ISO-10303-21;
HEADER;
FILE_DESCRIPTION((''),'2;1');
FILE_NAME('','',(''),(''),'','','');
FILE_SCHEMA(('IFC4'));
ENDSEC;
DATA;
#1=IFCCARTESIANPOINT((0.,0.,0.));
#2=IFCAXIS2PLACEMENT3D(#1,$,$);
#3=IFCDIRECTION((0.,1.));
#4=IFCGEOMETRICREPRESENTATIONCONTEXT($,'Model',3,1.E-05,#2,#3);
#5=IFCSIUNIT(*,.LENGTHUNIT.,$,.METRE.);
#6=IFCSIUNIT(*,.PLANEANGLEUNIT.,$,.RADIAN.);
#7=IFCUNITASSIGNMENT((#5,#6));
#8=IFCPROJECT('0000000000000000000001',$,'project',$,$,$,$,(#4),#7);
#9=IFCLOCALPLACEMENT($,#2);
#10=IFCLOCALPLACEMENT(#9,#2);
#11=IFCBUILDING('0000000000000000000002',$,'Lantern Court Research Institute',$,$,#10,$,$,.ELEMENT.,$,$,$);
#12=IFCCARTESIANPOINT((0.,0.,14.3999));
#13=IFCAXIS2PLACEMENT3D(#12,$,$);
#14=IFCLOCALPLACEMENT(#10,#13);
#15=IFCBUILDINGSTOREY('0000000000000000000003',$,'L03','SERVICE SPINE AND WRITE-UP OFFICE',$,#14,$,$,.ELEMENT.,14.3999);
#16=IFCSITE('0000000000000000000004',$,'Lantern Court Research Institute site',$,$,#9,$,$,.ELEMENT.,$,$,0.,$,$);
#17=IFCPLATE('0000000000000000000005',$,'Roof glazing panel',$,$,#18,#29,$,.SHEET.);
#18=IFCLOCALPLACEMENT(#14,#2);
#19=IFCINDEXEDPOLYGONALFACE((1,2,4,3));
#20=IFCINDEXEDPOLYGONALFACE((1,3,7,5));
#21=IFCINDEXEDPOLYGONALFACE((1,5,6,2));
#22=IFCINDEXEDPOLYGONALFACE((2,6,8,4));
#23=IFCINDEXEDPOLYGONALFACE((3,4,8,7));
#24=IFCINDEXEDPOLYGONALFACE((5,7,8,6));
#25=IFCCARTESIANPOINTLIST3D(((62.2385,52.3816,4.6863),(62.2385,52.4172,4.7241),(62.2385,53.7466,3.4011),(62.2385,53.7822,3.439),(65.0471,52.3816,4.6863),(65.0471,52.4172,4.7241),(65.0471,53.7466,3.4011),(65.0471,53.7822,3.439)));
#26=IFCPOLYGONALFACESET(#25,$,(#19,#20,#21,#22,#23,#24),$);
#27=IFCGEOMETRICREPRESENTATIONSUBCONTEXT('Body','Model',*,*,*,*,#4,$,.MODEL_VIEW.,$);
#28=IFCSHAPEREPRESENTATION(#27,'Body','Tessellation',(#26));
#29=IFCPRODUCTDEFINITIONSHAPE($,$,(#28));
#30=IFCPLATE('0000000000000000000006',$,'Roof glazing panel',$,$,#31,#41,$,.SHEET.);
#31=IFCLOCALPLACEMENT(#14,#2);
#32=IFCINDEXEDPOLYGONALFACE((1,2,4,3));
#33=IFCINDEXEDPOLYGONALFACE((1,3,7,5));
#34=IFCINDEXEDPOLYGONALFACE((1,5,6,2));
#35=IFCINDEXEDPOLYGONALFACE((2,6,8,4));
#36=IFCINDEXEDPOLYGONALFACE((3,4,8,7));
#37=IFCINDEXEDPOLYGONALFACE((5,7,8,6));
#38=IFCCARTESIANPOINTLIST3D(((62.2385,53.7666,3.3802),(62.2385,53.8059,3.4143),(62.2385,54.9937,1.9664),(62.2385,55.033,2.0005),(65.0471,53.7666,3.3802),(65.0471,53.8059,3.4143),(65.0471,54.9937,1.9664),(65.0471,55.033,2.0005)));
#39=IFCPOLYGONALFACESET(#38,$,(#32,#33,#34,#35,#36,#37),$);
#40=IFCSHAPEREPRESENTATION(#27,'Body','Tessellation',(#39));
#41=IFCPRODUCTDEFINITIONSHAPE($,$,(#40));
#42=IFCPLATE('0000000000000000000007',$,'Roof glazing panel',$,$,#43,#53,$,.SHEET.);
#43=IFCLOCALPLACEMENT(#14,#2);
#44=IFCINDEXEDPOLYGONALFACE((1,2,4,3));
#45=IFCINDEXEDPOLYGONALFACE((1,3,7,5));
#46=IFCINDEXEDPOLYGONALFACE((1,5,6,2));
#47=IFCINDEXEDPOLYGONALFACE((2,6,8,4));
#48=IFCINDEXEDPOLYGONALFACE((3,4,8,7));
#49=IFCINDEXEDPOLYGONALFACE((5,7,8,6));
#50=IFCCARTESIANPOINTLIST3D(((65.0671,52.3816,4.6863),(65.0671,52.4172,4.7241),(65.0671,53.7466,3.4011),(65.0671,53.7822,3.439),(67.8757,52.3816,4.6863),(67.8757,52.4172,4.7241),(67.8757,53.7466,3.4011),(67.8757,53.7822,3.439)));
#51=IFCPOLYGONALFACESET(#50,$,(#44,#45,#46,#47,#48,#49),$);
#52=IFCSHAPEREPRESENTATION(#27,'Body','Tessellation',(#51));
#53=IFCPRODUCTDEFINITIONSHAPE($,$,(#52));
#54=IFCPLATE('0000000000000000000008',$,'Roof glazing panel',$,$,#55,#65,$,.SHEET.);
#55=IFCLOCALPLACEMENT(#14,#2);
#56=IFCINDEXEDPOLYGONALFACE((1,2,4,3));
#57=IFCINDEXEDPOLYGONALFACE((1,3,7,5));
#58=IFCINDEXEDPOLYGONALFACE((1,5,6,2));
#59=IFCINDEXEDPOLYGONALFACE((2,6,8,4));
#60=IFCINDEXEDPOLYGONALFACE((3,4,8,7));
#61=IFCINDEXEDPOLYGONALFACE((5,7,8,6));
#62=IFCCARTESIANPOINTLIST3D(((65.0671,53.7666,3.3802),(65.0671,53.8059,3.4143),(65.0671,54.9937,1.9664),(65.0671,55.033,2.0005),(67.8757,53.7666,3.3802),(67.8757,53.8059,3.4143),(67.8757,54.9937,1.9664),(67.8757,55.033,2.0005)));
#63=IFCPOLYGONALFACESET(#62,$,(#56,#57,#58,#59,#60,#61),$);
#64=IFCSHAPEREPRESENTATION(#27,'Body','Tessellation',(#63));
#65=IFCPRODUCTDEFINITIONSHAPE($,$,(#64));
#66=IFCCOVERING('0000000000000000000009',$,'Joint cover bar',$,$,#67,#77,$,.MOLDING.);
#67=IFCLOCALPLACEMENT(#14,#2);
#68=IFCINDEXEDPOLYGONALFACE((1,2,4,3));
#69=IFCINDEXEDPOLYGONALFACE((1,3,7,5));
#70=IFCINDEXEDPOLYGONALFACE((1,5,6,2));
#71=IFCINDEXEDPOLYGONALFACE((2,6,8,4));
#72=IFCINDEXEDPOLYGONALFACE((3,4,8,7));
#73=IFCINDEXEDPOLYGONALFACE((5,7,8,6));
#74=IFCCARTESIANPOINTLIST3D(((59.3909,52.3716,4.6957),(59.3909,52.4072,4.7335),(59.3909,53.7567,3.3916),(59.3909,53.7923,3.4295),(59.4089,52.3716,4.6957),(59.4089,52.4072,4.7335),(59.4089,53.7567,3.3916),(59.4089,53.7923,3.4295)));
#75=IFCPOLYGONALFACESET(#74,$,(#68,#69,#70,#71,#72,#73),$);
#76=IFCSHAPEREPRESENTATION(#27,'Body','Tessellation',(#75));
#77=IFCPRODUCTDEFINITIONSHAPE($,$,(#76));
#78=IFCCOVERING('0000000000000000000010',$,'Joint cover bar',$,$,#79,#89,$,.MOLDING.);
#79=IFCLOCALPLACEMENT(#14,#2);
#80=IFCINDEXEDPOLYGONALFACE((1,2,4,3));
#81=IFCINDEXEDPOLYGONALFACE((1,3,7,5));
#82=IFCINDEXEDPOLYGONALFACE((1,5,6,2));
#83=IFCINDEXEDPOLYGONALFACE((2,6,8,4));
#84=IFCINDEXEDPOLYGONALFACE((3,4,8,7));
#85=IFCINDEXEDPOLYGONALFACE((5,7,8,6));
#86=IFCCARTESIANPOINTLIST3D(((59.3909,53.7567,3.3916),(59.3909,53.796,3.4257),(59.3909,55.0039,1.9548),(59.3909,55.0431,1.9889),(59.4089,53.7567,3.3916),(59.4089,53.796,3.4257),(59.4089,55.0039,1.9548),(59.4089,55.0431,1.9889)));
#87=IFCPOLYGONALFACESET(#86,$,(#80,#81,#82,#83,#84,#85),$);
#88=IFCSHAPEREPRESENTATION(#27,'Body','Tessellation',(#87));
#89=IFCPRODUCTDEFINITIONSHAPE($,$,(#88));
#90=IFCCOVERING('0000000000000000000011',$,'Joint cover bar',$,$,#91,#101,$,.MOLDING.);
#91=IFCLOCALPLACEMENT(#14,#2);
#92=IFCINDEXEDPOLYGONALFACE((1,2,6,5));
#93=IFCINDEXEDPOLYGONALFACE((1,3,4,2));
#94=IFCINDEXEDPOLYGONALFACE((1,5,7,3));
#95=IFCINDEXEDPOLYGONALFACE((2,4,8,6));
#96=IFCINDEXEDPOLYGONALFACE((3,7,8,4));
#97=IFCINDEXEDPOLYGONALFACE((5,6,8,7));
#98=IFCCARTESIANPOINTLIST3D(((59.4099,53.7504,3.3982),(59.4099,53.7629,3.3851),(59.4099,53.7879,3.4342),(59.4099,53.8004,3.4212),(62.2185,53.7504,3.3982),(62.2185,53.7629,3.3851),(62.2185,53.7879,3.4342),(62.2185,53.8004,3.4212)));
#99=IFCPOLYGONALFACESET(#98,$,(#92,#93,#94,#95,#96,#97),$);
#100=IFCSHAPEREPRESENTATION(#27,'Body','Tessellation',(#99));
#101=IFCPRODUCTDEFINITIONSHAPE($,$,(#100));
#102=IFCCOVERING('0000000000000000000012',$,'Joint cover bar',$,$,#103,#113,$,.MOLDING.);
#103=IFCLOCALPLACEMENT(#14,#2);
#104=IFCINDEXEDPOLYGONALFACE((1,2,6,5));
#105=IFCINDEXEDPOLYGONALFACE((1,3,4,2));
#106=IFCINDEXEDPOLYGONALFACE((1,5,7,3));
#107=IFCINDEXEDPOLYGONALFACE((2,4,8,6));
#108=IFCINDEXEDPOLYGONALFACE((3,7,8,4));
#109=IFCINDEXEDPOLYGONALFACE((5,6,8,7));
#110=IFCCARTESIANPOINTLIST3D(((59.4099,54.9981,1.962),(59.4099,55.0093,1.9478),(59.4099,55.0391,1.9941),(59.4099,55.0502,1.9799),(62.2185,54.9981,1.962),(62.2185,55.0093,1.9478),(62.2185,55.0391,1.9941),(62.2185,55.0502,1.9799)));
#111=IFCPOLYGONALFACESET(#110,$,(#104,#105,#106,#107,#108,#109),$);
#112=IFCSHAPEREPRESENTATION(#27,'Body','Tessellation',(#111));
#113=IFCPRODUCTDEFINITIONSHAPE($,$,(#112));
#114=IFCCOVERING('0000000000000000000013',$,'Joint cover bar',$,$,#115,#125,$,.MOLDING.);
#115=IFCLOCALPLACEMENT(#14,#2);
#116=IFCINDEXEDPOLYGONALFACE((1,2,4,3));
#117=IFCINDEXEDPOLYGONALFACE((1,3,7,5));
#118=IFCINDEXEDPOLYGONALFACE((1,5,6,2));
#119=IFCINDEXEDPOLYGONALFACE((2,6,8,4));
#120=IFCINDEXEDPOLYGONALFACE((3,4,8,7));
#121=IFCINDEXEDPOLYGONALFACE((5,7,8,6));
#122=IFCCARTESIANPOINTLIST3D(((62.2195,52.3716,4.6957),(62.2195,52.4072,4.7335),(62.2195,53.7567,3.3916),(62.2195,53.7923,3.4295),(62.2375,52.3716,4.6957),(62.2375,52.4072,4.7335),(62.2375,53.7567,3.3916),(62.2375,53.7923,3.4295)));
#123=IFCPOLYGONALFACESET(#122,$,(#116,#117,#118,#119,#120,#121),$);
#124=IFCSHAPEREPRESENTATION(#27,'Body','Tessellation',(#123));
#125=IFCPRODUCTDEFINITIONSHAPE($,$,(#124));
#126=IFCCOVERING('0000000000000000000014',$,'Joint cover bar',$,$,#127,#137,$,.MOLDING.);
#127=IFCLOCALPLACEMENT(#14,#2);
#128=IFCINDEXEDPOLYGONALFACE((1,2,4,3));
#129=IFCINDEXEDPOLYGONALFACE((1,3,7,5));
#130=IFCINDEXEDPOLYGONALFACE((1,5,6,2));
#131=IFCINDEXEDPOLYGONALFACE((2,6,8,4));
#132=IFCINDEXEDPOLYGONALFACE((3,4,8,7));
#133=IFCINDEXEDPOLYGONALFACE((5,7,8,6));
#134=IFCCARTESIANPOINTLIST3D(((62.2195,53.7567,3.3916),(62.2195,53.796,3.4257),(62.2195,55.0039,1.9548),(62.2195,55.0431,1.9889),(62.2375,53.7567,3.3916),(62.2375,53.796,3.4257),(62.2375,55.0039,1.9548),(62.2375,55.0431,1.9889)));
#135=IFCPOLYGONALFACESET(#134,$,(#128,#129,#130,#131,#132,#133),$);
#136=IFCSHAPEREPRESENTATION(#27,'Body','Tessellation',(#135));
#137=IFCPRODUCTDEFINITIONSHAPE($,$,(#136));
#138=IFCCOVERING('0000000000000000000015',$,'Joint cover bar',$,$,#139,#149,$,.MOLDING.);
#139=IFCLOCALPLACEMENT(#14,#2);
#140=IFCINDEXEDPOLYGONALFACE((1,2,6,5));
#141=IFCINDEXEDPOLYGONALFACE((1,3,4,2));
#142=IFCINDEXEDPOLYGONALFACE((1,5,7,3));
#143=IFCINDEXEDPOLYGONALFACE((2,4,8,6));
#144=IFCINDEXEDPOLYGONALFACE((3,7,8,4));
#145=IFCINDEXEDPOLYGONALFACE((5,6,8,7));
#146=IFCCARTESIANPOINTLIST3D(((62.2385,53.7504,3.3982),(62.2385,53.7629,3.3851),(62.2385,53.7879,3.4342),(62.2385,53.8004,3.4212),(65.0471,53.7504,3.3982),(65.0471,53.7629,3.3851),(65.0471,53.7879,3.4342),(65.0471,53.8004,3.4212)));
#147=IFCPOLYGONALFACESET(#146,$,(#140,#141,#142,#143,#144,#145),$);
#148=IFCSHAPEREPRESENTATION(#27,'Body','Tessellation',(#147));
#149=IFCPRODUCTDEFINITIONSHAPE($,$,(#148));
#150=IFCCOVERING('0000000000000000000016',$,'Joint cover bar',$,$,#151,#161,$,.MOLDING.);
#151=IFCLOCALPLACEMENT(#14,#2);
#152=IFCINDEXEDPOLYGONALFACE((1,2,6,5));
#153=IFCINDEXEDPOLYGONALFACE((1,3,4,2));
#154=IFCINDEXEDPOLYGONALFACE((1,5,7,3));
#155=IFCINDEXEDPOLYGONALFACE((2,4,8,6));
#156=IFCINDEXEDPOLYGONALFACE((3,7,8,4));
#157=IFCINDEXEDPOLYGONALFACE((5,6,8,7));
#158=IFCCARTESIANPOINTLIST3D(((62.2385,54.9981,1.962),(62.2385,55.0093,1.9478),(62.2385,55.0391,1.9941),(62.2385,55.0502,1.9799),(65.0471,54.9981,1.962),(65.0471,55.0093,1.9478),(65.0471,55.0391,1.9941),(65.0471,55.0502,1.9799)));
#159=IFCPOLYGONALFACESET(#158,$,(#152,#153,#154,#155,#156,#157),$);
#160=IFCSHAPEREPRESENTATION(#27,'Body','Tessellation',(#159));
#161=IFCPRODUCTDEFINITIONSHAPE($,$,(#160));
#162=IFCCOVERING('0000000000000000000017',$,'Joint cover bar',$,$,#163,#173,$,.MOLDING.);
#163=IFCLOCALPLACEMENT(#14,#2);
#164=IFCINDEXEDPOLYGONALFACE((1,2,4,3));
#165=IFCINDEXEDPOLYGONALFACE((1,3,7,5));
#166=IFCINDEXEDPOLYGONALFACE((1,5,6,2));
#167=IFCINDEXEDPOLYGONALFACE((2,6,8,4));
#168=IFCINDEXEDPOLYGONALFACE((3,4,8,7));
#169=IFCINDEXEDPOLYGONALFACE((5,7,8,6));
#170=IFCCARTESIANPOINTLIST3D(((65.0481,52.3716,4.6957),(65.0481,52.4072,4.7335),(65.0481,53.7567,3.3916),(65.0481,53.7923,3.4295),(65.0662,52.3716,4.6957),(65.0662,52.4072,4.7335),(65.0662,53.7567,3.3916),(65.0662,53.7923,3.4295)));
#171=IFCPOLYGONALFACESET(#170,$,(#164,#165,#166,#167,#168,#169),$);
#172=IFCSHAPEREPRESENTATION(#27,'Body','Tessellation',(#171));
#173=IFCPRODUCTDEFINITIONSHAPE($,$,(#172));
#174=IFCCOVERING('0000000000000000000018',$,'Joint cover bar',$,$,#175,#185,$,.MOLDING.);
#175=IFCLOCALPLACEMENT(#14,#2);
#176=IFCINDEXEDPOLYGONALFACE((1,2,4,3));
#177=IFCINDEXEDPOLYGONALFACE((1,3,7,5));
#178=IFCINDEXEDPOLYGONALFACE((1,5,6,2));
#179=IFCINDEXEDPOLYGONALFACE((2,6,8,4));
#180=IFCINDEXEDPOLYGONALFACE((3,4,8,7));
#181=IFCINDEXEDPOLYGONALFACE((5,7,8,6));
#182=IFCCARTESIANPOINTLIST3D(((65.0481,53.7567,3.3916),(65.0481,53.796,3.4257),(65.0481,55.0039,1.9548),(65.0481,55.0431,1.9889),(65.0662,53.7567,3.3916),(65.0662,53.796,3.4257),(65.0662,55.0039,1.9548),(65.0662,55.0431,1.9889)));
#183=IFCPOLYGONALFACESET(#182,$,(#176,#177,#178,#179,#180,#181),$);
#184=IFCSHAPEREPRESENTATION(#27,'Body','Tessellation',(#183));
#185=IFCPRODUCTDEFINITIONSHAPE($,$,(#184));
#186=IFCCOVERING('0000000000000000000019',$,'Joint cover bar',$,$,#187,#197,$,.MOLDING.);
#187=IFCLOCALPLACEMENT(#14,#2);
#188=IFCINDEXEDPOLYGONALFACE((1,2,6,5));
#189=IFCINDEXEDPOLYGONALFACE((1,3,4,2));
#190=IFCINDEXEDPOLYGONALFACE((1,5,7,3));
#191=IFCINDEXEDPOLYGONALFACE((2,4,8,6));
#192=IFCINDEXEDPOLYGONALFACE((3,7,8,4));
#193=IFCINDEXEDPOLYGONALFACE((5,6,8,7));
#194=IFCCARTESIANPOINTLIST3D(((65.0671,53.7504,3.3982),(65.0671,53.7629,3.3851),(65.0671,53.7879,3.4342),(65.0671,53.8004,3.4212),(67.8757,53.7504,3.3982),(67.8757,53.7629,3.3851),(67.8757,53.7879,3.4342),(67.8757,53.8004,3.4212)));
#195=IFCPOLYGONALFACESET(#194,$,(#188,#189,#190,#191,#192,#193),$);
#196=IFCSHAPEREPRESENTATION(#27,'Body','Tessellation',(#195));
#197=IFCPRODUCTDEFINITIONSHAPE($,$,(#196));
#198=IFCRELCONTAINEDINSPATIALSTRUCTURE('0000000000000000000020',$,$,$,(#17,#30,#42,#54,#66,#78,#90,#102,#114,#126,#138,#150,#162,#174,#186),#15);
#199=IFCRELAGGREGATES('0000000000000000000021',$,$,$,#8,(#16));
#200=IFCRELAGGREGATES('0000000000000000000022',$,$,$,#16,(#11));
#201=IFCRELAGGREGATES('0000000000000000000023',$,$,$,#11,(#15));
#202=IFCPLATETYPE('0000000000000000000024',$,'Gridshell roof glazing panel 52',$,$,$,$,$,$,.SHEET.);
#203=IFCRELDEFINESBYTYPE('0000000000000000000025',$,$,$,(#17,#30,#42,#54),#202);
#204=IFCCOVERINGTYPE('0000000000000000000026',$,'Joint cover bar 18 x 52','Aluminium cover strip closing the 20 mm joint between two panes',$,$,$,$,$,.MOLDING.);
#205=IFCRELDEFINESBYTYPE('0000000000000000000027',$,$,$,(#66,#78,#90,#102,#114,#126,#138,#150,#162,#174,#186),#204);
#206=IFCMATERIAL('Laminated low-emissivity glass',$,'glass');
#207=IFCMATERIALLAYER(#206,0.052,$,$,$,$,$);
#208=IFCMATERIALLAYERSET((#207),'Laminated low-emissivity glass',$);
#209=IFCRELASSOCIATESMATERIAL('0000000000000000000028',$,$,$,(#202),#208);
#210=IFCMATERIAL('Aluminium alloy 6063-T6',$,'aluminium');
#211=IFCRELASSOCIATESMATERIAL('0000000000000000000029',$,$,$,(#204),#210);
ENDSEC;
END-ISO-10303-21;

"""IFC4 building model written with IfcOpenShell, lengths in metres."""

from ifc_helpers import new_model, si_unit, direction, frame, origin, origin_2d, place, context, subcontext, project, spatial, polyline, rectangle, outline, extrude, material, layer, layer_set, material_profile, profile_set, type_object, element, save


model = new_model("IFC4")

# Units and contexts
model_context = context("Model", 3, precision=1e-05, world=origin(), true_north=direction((0.0, 1.0)))
body_context = subcontext(model_context, "Body", "Model", "MODEL_VIEW")
ifc_project = project(units=[si_unit("LENGTHUNIT", "METRE"), si_unit("PLANEANGLEUNIT", "RADIAN")], contexts=[model_context])

# Site, building, storey
site_placement = place(None, origin())
site = spatial("IfcSite", under=ifc_project, at=site_placement, Name="Lantern Court Research Institute site", CompositionType="ELEMENT", RefElevation=0.0)
building_placement = place(site_placement, origin())
building = spatial("IfcBuilding", under=site, at=building_placement, Name="Lantern Court Research Institute", CompositionType="ELEMENT")
storey_placement = place(building_placement, frame((0.0, 0.0, 14.3999)))
storey = spatial("IfcBuildingStorey", under=building, at=storey_placement, Name="L03", Description="SERVICE SPINE AND WRITE-UP OFFICE", CompositionType="ELEMENT", Elevation=14.3999)

# Plates
ifc_material_1 = material(Name="Laminated low-emissivity glass", Category="glass")
ifc_layer = layer(ifc_material_1, 0.052)
ifc_layer_set = layer_set([ifc_layer], Name="Laminated low-emissivity glass")
plate_type = type_object("IfcPlateType", Name="Gridshell roof glazing panel 52", PredefinedType="SHEET", material=ifc_layer_set)
plate_1_placement = place(storey_placement, frame((65.0471, 52.4172, 4.7241), z_axis=(0.0, 0.685495, 0.728078), x_axis=(-1.0, 0.0, 0.0)))
element("IfcPlate", 1, at=plate_1_placement, inside=storey, type_object=plate_type, Name="Roof glazing panel", PredefinedType="SHEET", context=body_context, shape_type="SweptSolid", body=[
    extrude(outline(polyline([(0.0, 0.0), (2.8086, 0.0), (2.8086, -1.8748), (0.0, -1.8748), (0.0, 0.0)])), origin(), (0.0, 0.0, -1.0), 0.052),
])
plate_2_placement = place(storey_placement, frame((65.0471, 53.8059, 3.4143), z_axis=(0.0, 0.755228, 0.655462), x_axis=(-1.0, 0.0, 0.0)))
element("IfcPlate", 2, at=plate_2_placement, inside=storey, type_object=plate_type, Name="Roof glazing panel", PredefinedType="SHEET", context=body_context, shape_type="SweptSolid", body=[
    extrude(outline(polyline([(0.0, 0.0), (2.8086, 0.0), (2.8086, -1.872), (0.0, -1.872), (0.0, 0.0)])), origin(), (0.0, 0.0, -1.0), 0.052),
])
plate_3_placement = place(storey_placement, frame((67.8757, 52.4172, 4.7241), z_axis=(0.0, 0.685495, 0.728078), x_axis=(-1.0, 0.0, 0.0)))
element("IfcPlate", 3, at=plate_3_placement, inside=storey, type_object=plate_type, Name="Roof glazing panel", PredefinedType="SHEET", context=body_context, shape_type="SweptSolid", body=[
    extrude(outline(polyline([(0.0, 0.0), (2.8086, 0.0), (2.8086, -1.8748), (0.0, -1.8748), (0.0, 0.0)])), origin(), (0.0, 0.0, -1.0), 0.052),
])
plate_4_placement = place(storey_placement, frame((67.8757, 53.8059, 3.4143), z_axis=(0.0, 0.755228, 0.655462), x_axis=(-1.0, 0.0, 0.0)))
element("IfcPlate", 4, at=plate_4_placement, inside=storey, type_object=plate_type, Name="Roof glazing panel", PredefinedType="SHEET", context=body_context, shape_type="SweptSolid", body=[
    extrude(outline(polyline([(0.0, 0.0), (2.8086, 0.0), (2.8086, -1.872), (0.0, -1.872), (0.0, 0.0)])), origin(), (0.0, 0.0, -1.0), 0.052),
])

# Coverings
ifc_material_2 = material(Name="Aluminium alloy 6063-T6", Category="aluminium")
ifc_material_profile_1 = material_profile(ifc_material_2, rectangle(XDim=0.0181, YDim=0.052, at=origin_2d()), Name="Joint cover bar 18 x 52")
ifc_profile_set_1 = profile_set([ifc_material_profile_1], Name="Aluminium alloy 6063-T6")
covering_type = type_object("IfcCoveringType", Name="Joint cover bar 18 x 52", Description="Aluminium cover strip closing the 20 mm joint between two panes", PredefinedType="MOLDING", material=ifc_profile_set_1)
covering_1_placement = place(storey_placement, frame((59.3999, 52.3894, 4.7146), z_axis=(0.0, 0.728091, -0.685481), x_axis=(-1.0, 0.0, 0.0)))
element("IfcCovering", 5, at=covering_1_placement, inside=storey, type_object=covering_type, Name="Joint cover bar", PredefinedType="MOLDING", context=body_context, shape_type="SweptSolid", body=[
    extrude(rectangle(XDim=0.0181, YDim=0.052, at=origin_2d()), origin(), (0.0, 0.0, 1.0), 1.9023),
])
covering_2_placement = place(storey_placement, frame((59.3999, 53.7764, 3.4087), z_axis=(0.0, 0.655492, -0.755202), x_axis=(-1.0, 0.0, 0.0)))
element("IfcCovering", 6, at=covering_2_placement, inside=storey, type_object=covering_type, Name="Joint cover bar", PredefinedType="MOLDING", context=body_context, shape_type="SweptSolid", body=[
    extrude(rectangle(XDim=0.0181, YDim=0.052, at=origin_2d()), origin(), (0.0, 0.0, 1.0), 1.9026),
])
for number, where, z_axis, x_axis, name in (
    (7, (59.4099, 53.7754, 3.4097), (1.0, 0.0, 0.0), (0.0, 0.692674, -0.721251), "Joint cover bar"),
    (8, (59.4099, 55.0242, 1.9709), (1.0, 0.0, 0.0), (0.0, 0.616657, -0.787232), "Joint cover bar"),
):
    element("IfcCovering", number, at=place(storey_placement, frame(where, z_axis=z_axis, x_axis=x_axis)), inside=storey, type_object=covering_type, Name=name, PredefinedType="MOLDING", context=body_context, shape_type="SweptSolid", body=[
        extrude(rectangle(XDim=0.0181, YDim=0.052, at=origin_2d()), origin(), (0.0, 0.0, 1.0), 2.8086),
    ])
covering_3_placement = place(storey_placement, frame((62.2285, 52.3894, 4.7146), z_axis=(0.0, 0.728091, -0.685481), x_axis=(-1.0, 0.0, 0.0)))
element("IfcCovering", 9, at=covering_3_placement, inside=storey, type_object=covering_type, Name="Joint cover bar", PredefinedType="MOLDING", context=body_context, shape_type="SweptSolid", body=[
    extrude(rectangle(XDim=0.0181, YDim=0.052, at=origin_2d()), origin(), (0.0, 0.0, 1.0), 1.9023),
])
covering_4_placement = place(storey_placement, frame((62.2285, 53.7764, 3.4087), z_axis=(0.0, 0.655492, -0.755202), x_axis=(-1.0, 0.0, 0.0)))
element("IfcCovering", 10, at=covering_4_placement, inside=storey, type_object=covering_type, Name="Joint cover bar", PredefinedType="MOLDING", context=body_context, shape_type="SweptSolid", body=[
    extrude(rectangle(XDim=0.0181, YDim=0.052, at=origin_2d()), origin(), (0.0, 0.0, 1.0), 1.9026),
])
for number, where, z_axis, x_axis, name in (
    (11, (62.2385, 53.7754, 3.4097), (1.0, 0.0, 0.0), (0.0, 0.692674, -0.721251), "Joint cover bar"),
    (12, (62.2385, 55.0242, 1.9709), (1.0, 0.0, 0.0), (0.0, 0.616657, -0.787232), "Joint cover bar"),
):
    element("IfcCovering", number, at=place(storey_placement, frame(where, z_axis=z_axis, x_axis=x_axis)), inside=storey, type_object=covering_type, Name=name, PredefinedType="MOLDING", context=body_context, shape_type="SweptSolid", body=[
        extrude(rectangle(XDim=0.0181, YDim=0.052, at=origin_2d()), origin(), (0.0, 0.0, 1.0), 2.8086),
    ])
covering_5_placement = place(storey_placement, frame((65.0571, 52.3894, 4.7146), z_axis=(0.0, 0.728091, -0.685481), x_axis=(-1.0, 0.0, 0.0)))
element("IfcCovering", 13, at=covering_5_placement, inside=storey, type_object=covering_type, Name="Joint cover bar", PredefinedType="MOLDING", context=body_context, shape_type="SweptSolid", body=[
    extrude(rectangle(XDim=0.0181, YDim=0.052, at=origin_2d()), origin(), (0.0, 0.0, 1.0), 1.9023),
])
covering_6_placement = place(storey_placement, frame((65.0571, 53.7764, 3.4087), z_axis=(0.0, 0.655492, -0.755202), x_axis=(-1.0, 0.0, 0.0)))
element("IfcCovering", 14, at=covering_6_placement, inside=storey, type_object=covering_type, Name="Joint cover bar", PredefinedType="MOLDING", context=body_context, shape_type="SweptSolid", body=[
    extrude(rectangle(XDim=0.0181, YDim=0.052, at=origin_2d()), origin(), (0.0, 0.0, 1.0), 1.9026),
])
for number, where, z_axis, x_axis, name in (
    (15, (65.0671, 53.7754, 3.4097), (1.0, 0.0, 0.0), (0.0, 0.692674, -0.721251), "Joint cover bar"),
):
    element("IfcCovering", number, at=place(storey_placement, frame(where, z_axis=z_axis, x_axis=x_axis)), inside=storey, type_object=covering_type, Name=name, PredefinedType="MOLDING", context=body_context, shape_type="SweptSolid", body=[
        extrude(rectangle(XDim=0.0181, YDim=0.052, at=origin_2d()), origin(), (0.0, 0.0, 1.0), 2.8086),
    ])

save(model, "model.ifc")
